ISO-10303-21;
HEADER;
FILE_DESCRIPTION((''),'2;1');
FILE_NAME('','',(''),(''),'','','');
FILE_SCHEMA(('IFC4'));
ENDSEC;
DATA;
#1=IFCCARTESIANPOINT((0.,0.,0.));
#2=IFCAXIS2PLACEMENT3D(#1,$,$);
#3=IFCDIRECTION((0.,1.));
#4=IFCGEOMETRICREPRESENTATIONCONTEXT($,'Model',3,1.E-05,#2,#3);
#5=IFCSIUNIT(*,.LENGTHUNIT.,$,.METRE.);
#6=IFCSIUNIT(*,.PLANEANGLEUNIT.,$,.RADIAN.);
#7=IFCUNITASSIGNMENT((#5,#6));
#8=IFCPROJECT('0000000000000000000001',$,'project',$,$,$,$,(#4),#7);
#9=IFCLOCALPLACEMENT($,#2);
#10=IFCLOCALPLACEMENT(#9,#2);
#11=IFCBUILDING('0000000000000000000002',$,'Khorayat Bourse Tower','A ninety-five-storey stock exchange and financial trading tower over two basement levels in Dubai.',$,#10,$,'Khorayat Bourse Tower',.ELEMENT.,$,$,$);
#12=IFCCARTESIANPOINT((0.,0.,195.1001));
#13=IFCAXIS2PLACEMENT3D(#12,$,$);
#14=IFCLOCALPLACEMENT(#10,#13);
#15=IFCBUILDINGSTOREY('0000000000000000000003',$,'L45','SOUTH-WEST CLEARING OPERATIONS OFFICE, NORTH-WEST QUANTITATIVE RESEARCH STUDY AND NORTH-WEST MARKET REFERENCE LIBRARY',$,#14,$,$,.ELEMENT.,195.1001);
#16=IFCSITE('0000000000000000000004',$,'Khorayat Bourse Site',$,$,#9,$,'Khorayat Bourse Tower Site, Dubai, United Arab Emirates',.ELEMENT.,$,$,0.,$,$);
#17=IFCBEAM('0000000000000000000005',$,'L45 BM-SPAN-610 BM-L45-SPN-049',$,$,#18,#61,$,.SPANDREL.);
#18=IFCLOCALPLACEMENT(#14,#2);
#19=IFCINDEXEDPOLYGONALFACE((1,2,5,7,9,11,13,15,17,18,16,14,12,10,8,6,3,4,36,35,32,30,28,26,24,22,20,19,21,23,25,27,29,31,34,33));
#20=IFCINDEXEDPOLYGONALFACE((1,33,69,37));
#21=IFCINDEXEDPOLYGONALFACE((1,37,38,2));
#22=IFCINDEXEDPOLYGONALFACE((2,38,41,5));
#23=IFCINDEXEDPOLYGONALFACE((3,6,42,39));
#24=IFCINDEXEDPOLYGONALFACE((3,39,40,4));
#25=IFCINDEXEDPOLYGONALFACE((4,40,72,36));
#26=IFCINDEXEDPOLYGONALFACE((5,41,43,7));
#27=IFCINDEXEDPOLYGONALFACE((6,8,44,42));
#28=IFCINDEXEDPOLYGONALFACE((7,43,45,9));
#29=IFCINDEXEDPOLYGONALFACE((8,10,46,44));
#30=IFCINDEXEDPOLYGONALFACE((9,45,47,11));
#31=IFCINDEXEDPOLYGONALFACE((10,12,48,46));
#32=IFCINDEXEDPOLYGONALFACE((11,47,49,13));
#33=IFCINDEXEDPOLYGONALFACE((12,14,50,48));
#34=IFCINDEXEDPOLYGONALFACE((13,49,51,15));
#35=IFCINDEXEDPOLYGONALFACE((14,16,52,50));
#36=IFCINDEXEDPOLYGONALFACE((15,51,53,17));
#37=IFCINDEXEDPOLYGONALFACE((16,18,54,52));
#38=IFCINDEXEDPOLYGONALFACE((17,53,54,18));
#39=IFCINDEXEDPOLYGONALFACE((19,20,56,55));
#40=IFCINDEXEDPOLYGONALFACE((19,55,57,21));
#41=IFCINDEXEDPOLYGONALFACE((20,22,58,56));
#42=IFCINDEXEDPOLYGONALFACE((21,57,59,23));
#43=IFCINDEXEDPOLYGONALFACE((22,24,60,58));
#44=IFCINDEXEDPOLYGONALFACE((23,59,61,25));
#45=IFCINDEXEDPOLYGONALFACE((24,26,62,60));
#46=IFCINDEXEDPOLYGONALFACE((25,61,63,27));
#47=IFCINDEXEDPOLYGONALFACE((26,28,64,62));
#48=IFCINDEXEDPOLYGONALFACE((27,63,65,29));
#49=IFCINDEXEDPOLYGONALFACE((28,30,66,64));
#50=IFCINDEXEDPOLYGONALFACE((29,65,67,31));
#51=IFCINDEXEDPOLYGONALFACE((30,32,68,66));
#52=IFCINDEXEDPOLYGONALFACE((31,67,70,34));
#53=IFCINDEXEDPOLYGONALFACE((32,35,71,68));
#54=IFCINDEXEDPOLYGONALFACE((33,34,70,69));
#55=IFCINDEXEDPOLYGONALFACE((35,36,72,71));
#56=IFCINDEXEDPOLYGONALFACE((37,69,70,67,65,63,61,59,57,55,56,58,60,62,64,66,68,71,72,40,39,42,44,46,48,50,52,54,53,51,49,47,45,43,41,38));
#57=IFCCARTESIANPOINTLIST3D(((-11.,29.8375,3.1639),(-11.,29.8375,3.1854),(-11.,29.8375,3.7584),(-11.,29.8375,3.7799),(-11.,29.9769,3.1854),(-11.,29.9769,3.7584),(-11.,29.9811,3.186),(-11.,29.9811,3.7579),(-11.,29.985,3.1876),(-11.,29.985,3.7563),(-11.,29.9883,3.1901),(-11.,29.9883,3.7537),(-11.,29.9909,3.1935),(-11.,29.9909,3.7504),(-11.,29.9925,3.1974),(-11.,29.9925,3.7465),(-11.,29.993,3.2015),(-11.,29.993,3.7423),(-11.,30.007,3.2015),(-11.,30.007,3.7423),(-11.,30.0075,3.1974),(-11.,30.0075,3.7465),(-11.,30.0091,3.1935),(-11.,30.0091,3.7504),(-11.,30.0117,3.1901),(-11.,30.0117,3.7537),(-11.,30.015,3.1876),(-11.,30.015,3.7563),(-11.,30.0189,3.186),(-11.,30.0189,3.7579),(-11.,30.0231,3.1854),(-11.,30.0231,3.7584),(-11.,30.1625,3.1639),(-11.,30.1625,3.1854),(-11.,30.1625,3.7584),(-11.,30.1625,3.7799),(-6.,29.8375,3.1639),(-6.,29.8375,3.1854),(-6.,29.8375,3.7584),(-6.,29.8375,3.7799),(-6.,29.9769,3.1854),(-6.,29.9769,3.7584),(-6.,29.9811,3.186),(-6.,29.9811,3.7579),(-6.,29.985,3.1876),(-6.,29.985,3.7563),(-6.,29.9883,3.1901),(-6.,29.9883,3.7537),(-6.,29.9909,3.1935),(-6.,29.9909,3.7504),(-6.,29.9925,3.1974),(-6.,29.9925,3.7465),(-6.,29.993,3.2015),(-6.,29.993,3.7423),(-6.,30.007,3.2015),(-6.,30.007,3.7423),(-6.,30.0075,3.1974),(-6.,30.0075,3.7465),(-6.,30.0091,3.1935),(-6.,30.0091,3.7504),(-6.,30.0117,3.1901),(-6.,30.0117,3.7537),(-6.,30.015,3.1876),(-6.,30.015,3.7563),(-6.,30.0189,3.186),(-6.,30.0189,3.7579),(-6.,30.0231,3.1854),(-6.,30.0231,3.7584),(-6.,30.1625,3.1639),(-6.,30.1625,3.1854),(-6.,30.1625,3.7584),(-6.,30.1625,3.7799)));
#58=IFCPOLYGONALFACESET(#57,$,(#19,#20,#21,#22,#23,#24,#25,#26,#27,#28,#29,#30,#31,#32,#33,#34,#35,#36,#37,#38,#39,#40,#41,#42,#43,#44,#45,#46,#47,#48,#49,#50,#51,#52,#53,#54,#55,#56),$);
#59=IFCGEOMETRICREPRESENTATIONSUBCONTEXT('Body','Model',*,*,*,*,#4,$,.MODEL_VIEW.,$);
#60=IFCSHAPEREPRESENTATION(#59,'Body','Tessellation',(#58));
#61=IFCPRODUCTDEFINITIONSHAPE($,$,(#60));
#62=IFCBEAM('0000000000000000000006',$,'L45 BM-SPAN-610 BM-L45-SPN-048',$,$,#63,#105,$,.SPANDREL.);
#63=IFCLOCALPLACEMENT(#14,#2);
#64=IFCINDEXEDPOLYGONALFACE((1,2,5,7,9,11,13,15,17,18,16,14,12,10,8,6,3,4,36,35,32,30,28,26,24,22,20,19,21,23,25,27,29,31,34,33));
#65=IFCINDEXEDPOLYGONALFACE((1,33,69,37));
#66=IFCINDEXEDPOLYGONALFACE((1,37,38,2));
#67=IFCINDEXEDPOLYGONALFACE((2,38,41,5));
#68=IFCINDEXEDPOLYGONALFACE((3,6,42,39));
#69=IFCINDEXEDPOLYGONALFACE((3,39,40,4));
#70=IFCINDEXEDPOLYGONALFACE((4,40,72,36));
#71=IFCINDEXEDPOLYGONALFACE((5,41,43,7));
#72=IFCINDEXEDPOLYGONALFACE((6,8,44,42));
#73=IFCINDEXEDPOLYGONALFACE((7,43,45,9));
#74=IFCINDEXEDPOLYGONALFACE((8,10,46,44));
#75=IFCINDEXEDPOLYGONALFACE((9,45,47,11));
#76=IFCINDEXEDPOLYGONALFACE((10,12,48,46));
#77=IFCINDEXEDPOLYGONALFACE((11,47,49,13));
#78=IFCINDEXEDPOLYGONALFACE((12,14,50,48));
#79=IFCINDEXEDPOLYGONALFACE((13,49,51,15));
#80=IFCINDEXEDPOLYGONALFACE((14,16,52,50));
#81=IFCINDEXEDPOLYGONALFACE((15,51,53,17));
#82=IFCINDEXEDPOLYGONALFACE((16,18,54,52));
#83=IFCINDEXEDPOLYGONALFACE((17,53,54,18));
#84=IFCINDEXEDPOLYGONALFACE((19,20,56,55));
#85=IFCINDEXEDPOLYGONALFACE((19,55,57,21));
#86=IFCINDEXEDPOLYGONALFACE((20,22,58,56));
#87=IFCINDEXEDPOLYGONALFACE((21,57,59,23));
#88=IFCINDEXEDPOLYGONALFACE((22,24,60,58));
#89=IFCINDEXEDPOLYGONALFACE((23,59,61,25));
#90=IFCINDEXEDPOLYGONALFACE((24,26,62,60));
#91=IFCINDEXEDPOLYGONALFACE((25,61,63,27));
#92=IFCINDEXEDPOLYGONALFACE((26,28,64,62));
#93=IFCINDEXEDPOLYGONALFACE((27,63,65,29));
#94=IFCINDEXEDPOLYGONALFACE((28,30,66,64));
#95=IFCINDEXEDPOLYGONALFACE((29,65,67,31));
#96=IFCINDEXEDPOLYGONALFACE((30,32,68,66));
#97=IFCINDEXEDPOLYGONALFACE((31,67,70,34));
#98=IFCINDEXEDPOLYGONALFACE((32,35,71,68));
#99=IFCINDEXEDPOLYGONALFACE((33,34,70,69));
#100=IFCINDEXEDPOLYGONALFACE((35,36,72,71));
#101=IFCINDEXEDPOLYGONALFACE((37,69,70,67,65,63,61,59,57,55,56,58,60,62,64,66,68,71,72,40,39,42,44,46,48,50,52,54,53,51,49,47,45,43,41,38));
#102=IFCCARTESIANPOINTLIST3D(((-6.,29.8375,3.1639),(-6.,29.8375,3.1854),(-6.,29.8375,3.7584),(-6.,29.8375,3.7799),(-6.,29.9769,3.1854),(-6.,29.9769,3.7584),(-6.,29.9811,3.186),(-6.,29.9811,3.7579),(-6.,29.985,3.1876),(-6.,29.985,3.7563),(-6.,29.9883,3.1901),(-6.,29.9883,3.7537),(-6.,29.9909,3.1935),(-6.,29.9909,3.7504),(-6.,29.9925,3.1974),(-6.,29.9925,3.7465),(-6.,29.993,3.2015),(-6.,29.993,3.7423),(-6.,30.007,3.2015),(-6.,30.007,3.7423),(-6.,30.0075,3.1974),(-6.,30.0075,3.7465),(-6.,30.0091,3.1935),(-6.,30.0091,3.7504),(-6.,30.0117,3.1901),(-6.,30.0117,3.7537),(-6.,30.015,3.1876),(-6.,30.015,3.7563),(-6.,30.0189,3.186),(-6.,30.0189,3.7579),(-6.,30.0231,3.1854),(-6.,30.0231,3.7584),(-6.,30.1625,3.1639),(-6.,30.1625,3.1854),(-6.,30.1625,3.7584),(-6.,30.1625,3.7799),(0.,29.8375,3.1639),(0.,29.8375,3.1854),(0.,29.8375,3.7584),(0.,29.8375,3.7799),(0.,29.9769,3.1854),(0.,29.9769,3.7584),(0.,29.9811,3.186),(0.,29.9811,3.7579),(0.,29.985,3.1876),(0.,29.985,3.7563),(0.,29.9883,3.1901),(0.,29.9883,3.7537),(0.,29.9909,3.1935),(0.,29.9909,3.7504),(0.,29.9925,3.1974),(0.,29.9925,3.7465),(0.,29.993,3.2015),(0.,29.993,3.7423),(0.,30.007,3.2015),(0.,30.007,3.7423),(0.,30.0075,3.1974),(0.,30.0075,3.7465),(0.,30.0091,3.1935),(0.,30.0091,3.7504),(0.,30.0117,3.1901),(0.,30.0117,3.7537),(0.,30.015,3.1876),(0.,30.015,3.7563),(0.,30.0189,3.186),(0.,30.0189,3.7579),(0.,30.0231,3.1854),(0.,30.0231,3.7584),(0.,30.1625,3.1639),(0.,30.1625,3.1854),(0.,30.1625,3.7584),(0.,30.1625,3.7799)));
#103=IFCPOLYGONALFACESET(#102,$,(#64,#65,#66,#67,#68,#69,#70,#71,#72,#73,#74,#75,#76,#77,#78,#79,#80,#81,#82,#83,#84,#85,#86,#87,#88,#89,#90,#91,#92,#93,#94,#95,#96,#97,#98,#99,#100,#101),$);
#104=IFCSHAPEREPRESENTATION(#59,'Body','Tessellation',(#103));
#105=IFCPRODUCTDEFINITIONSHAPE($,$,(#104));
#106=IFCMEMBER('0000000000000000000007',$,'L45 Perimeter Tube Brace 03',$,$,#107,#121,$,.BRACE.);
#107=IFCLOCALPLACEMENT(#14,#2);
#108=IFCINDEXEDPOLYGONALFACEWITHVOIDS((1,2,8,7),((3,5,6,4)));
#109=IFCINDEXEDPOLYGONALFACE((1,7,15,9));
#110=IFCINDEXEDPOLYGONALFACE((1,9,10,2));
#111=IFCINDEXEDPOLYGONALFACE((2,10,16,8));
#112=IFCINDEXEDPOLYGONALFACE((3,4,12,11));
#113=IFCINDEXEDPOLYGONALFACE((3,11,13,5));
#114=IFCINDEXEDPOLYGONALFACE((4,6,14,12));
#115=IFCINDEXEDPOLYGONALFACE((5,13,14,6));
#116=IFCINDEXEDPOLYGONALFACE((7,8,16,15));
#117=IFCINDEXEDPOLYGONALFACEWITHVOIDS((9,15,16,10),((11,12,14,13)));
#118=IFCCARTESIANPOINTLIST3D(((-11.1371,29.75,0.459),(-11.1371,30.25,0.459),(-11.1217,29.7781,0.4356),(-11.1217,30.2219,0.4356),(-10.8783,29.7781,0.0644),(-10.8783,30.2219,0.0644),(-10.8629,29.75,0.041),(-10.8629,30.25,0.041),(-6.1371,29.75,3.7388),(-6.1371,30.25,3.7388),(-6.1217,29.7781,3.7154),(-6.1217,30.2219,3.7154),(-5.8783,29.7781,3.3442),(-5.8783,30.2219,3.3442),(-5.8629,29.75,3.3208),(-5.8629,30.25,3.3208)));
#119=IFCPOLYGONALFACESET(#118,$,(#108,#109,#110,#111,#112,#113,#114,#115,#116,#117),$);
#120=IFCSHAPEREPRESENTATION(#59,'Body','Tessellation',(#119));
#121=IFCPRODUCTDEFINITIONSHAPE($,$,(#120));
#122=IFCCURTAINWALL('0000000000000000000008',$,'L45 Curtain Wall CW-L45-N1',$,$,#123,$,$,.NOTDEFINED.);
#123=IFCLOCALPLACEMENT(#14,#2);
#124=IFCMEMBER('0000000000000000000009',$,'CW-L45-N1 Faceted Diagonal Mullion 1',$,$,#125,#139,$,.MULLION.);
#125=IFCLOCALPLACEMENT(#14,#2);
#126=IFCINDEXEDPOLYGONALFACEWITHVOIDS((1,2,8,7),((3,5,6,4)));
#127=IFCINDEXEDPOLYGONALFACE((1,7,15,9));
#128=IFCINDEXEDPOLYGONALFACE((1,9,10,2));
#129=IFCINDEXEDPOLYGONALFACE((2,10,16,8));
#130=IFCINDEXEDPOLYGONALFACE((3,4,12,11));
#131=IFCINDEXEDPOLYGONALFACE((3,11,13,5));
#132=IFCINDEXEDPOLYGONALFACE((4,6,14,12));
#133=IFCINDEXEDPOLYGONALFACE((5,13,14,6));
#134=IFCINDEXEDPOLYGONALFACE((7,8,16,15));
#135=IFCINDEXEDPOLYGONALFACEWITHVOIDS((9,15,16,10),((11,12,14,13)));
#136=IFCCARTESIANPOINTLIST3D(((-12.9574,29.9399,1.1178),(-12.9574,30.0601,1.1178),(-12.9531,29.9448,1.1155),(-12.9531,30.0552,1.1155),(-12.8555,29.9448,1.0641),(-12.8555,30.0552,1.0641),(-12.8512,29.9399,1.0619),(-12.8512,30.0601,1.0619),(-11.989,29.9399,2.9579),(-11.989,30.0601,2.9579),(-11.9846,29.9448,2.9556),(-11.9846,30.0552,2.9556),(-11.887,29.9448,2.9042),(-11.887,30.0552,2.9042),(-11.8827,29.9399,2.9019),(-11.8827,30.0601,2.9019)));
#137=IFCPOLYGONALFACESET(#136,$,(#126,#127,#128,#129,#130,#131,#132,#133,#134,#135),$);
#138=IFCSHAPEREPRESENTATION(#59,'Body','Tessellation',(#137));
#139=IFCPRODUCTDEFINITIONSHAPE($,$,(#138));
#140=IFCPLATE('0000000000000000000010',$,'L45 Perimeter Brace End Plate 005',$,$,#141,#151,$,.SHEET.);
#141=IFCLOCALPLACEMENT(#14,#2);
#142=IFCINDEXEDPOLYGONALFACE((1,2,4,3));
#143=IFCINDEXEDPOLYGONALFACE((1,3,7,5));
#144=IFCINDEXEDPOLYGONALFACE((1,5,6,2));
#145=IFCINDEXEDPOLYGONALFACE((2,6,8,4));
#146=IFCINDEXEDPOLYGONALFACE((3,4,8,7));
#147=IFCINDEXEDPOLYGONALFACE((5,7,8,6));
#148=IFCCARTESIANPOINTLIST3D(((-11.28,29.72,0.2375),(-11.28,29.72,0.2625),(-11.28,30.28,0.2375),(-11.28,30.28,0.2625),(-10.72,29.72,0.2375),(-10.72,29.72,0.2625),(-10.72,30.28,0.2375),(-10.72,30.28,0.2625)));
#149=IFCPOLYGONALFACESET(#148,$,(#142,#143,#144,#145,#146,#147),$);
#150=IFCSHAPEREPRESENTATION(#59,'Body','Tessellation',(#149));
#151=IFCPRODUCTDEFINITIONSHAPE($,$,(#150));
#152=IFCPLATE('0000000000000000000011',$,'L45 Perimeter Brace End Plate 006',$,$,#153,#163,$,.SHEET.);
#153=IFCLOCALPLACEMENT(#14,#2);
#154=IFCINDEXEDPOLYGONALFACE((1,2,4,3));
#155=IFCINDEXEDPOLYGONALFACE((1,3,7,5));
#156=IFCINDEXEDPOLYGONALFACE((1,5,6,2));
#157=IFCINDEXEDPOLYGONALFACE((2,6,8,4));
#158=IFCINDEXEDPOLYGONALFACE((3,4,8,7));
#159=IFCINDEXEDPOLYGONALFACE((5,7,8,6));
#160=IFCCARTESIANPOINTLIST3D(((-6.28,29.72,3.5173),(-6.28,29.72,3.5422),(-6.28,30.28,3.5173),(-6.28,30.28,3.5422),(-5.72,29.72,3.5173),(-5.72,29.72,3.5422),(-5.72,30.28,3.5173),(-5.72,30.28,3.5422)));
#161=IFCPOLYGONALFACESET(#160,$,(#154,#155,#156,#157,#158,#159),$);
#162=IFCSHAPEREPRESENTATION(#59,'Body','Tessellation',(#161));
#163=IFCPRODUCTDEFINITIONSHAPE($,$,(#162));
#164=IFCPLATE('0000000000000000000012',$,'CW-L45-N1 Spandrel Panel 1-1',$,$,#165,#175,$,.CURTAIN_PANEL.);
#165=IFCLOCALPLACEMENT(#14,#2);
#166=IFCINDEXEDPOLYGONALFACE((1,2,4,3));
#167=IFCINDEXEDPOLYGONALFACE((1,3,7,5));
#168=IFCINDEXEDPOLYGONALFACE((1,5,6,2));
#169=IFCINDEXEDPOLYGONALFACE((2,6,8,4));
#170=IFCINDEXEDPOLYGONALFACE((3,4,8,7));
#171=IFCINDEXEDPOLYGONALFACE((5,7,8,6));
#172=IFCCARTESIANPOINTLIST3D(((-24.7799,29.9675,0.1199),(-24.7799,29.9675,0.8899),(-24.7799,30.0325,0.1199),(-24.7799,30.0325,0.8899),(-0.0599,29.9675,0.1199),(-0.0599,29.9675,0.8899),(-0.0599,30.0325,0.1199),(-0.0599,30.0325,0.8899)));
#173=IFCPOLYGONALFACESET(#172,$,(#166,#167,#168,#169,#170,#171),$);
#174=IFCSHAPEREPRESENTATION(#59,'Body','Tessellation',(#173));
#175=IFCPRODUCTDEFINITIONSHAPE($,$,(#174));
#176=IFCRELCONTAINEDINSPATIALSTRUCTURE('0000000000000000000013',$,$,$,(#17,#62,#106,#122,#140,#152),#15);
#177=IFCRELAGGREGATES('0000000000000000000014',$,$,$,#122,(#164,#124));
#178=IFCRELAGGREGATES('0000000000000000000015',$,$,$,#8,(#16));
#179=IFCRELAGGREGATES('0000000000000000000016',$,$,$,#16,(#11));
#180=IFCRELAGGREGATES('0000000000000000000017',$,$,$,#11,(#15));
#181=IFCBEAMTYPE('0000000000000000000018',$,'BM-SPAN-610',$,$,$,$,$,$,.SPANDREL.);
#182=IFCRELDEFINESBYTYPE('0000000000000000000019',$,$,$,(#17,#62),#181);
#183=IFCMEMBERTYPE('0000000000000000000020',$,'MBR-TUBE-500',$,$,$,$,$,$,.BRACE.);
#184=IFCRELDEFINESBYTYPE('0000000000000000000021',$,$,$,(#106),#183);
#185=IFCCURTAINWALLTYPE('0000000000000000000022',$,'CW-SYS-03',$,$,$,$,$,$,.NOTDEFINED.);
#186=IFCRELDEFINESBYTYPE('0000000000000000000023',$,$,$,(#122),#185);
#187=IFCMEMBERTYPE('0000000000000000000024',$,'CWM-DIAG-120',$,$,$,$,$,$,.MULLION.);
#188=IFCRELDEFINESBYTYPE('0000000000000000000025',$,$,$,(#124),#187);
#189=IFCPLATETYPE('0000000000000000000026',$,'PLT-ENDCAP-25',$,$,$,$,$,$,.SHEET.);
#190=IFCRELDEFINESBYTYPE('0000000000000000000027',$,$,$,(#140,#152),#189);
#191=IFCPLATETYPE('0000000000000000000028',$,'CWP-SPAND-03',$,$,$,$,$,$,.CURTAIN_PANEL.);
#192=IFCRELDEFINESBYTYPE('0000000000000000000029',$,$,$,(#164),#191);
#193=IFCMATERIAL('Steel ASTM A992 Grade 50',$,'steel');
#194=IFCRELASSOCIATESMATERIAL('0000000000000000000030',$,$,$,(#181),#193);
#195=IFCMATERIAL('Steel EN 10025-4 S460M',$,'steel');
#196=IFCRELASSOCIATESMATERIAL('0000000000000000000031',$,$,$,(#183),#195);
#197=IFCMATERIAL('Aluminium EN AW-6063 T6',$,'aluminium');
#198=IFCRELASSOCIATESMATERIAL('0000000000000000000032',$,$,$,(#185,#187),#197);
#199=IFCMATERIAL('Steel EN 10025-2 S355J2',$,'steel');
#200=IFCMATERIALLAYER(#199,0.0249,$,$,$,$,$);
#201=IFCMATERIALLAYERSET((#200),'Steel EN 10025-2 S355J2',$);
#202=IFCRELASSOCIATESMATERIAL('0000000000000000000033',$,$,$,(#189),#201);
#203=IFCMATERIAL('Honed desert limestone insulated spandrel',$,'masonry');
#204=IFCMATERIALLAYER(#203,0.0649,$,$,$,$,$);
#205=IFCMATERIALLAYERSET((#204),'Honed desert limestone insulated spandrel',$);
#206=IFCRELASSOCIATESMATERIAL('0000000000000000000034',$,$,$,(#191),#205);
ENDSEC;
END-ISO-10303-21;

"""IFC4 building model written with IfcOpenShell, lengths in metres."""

from ifc_helpers import new_model, si_unit, direction, frame, origin, origin_2d, place, context, subcontext, project, spatial, rectangle, hollow_rectangle, i_section, extrude, source, transform, mapped, material, layer, layer_set, material_profile, profile_set, type_object, element, aggregate, save


model = new_model("IFC4")

# Units and contexts
model_context = context("Model", 3, precision=1e-05, world=origin(), true_north=direction((0.0, 1.0)))
body_context = subcontext(model_context, "Body", "Model", "MODEL_VIEW")
ifc_project = project(units=[si_unit("LENGTHUNIT", "METRE"), si_unit("PLANEANGLEUNIT", "RADIAN")], contexts=[model_context])

# Site, building, storey
site_placement = place(None, origin())
site = spatial("IfcSite", under=ifc_project, at=site_placement, Name="Khorayat Bourse Site", LongName="Khorayat Bourse Tower Site, Dubai, United Arab Emirates", CompositionType="ELEMENT", RefElevation=0.0)
building_placement = place(site_placement, origin())
building = spatial("IfcBuilding", under=site, at=building_placement, Name="Khorayat Bourse Tower", Description="A ninety-five-storey stock exchange and financial trading tower over two basement levels in Dubai.", LongName="Khorayat Bourse Tower", CompositionType="ELEMENT")
storey_placement = place(building_placement, frame((0.0, 0.0, 195.1001)))
storey = spatial("IfcBuildingStorey", under=building, at=storey_placement, Name="L45", Description="SOUTH-WEST CLEARING OPERATIONS OFFICE, NORTH-WEST QUANTITATIVE RESEARCH STUDY AND NORTH-WEST MARKET REFERENCE LIBRARY", CompositionType="ELEMENT", Elevation=195.1001)

# Shared definitions
ifc_material_1 = material(Name="Steel EN 10025-4 S460M", Category="steel")

# Beams
ifc_material_2 = material(Name="Steel ASTM A992 Grade 50", Category="steel")
ifc_material_profile_1 = material_profile(ifc_material_2, i_section(OverallWidth=0.325, OverallDepth=0.616, WebThickness=0.0139, FlangeThickness=0.0215, FilletRadius=0.0161, at=origin_2d()), Name="W610X174")
ifc_profile_set_1 = profile_set([ifc_material_profile_1], Name="Steel ASTM A992 Grade 50")
beam_type_1 = type_object("IfcBeamType", Name="BM-SPAN-610", PredefinedType="SPANDREL", material=ifc_profile_set_1)
shared_shape_1 = source(origin(), body_context, "Body", "SweptSolid", [
    extrude(i_section(OverallWidth=0.325, OverallDepth=0.616, WebThickness=0.0139, FlangeThickness=0.0215, FilletRadius=0.0161, at=origin_2d()), origin(), (0.0, 0.0, 1.0), 5.0),
])
beam_1_placement = place(storey_placement, frame((-11.0, 30.0, 3.4719), z_axis=(1.0, 0.0, 0.0), x_axis=(0.0, 1.0, 0.0)))
element("IfcBeam", 1, at=beam_1_placement, inside=storey, type_object=beam_type_1, Name="L45 BM-SPAN-610 BM-L45-SPN-049", PredefinedType="SPANDREL", context=body_context, shape_type="MappedRepresentation", body=[
    mapped(shared_shape_1, transform((0.0, 0.0, 0.0), scale=1.0)),
])
shared_shape_2 = source(origin(), body_context, "Body", "SweptSolid", [
    extrude(i_section(OverallWidth=0.325, OverallDepth=0.616, WebThickness=0.0139, FlangeThickness=0.0215, FilletRadius=0.0161, at=origin_2d()), origin(), (0.0, 0.0, 1.0), 6.0),
])
beam_2_placement = place(storey_placement, frame((-6.0, 30.0, 3.4719), z_axis=(1.0, 0.0, 0.0), x_axis=(0.0, 1.0, 0.0)))
element("IfcBeam", 2, at=beam_2_placement, inside=storey, type_object=beam_type_1, Name="L45 BM-SPAN-610 BM-L45-SPN-048", PredefinedType="SPANDREL", context=body_context, shape_type="MappedRepresentation", body=[
    mapped(shared_shape_2, transform((0.0, 0.0, 0.0), scale=1.0)),
])

# Member
ifc_material_profile_2 = material_profile(ifc_material_1, hollow_rectangle(XDim=0.5, YDim=0.5, WallThickness=0.0281, at=origin_2d()), Name="HSS 500x500x28")
ifc_profile_set_2 = profile_set([ifc_material_profile_2], Name="Steel EN 10025-4 S460M")
member_type_1 = type_object("IfcMemberType", Name="MBR-TUBE-500", PredefinedType="BRACE", material=ifc_profile_set_2)
shared_shape_3 = source(origin(), body_context, "Body", "SweptSolid", [
    extrude(hollow_rectangle(XDim=0.5, YDim=0.5, WallThickness=0.0281, at=origin_2d()), origin(), (0.0, 0.0, 1.0), 5.9797),
])
member_1_placement = place(storey_placement, frame((-11.0, 30.0, 0.25), z_axis=(0.83616, 0.0, 0.548485), x_axis=(0.0, 1.0, 0.0)))
element("IfcMember", 3, at=member_1_placement, inside=storey, type_object=member_type_1, Name="L45 Perimeter Tube Brace 03", PredefinedType="BRACE", context=body_context, shape_type="MappedRepresentation", body=[
    mapped(shared_shape_3, transform((0.0, 0.0, 0.0), scale=1.0)),
])

# Curtain wall, member
ifc_material_3 = material(Name="Aluminium EN AW-6063 T6", Category="aluminium")
curtain_wall_type = type_object("IfcCurtainWallType", Name="CW-SYS-03", PredefinedType="NOTDEFINED", material=ifc_material_3)
curtain_wall_placement = place(storey_placement, origin())
curtain_wall = element("IfcCurtainWall", 4, at=curtain_wall_placement, inside=storey, type_object=curtain_wall_type, Name="L45 Curtain Wall CW-L45-N1", PredefinedType="NOTDEFINED")
ifc_material_profile_3 = material_profile(ifc_material_3, hollow_rectangle(XDim=0.1201, YDim=0.1201, WallThickness=0.0049, at=origin_2d()), Name="ALU 120x120x5")
ifc_profile_set_3 = profile_set([ifc_material_profile_3], Name="Aluminium EN AW-6063 T6")
member_type_2 = type_object("IfcMemberType", Name="CWM-DIAG-120", PredefinedType="MULLION", material=ifc_profile_set_3)
shared_shape_4 = source(origin(), body_context, "Body", "SweptSolid", [
    extrude(hollow_rectangle(XDim=0.1201, YDim=0.1201, WallThickness=0.0049, at=origin_2d()), origin(), (0.0, 0.0, 1.0), 2.0793),
])
member_2_placement = place(storey_placement, frame((-12.9043, 30.0, 1.0898), z_axis=(0.465761, 0.0, 0.884911), x_axis=(0.0, 1.0, 0.0)))
member_2 = element("IfcMember", 5, at=member_2_placement, type_object=member_type_2, Name="CW-L45-N1 Faceted Diagonal Mullion 1", PredefinedType="MULLION", context=body_context, shape_type="MappedRepresentation", body=[
    mapped(shared_shape_4, transform((0.0, 0.0, 0.0), scale=1.0)),
])

# Plates
ifc_material_4 = material(Name="Steel EN 10025-2 S355J2", Category="steel")
ifc_layer_1 = layer(ifc_material_4, 0.0249)
ifc_layer_set_1 = layer_set([ifc_layer_1], Name="Steel EN 10025-2 S355J2")
plate_type_1 = type_object("IfcPlateType", Name="PLT-ENDCAP-25", PredefinedType="SHEET", material=ifc_layer_set_1)
shared_shape_5 = source(origin(), body_context, "Body", "SweptSolid", [
    extrude(rectangle(XDim=0.5601, YDim=0.5601, at=origin_2d()), origin(), (0.0, 0.0, 1.0), 0.0249),
])
for number, where, z_axis, x_axis, name in (
    (6, (-11.0, 30.0, 0.2375), (0.0, 0.0, 1.0), (1.0, 0.0, 0.0), "L45 Perimeter Brace End Plate 005"),
    (7, (-6.0, 30.0, 3.5173), (0.0, 0.0, 1.0), (1.0, 0.0, 0.0), "L45 Perimeter Brace End Plate 006"),
):
    element("IfcPlate", number, at=place(storey_placement, frame(where, z_axis=z_axis, x_axis=x_axis)), inside=storey, type_object=plate_type_1, Name=name, PredefinedType="SHEET", context=body_context, shape_type="MappedRepresentation", body=[
        mapped(shared_shape_5, transform((0.0, 0.0, 0.0), scale=1.0)),
    ])

# Plate
ifc_material_5 = material(Name="Honed desert limestone insulated spandrel", Category="masonry")
ifc_layer_2 = layer(ifc_material_5, 0.0649)
ifc_layer_set_2 = layer_set([ifc_layer_2], Name="Honed desert limestone insulated spandrel")
plate_type_2 = type_object("IfcPlateType", Name="CWP-SPAND-03", PredefinedType="CURTAIN_PANEL", material=ifc_layer_set_2)
shared_shape_6 = source(origin(), body_context, "Body", "SweptSolid", [
    extrude(rectangle(XDim=24.72, YDim=0.0649, at=origin_2d()), origin(), (0.0, 0.0, 1.0), 0.77),
])
plate_1_placement = place(storey_placement, frame((-12.4199, 30.0, 0.1199), z_axis=(0.0, 0.0, 1.0), x_axis=(1.0, 0.0, 0.0)))
plate_1 = element("IfcPlate", 8, at=plate_1_placement, type_object=plate_type_2, Name="CW-L45-N1 Spandrel Panel 1-1", PredefinedType="CURTAIN_PANEL", context=body_context, shape_type="MappedRepresentation", body=[
    mapped(shared_shape_6, transform((0.0, 0.0, 0.0), scale=1.0)),
])
aggregate(curtain_wall, [plate_1, member_2])

save(model, "model.ifc")
